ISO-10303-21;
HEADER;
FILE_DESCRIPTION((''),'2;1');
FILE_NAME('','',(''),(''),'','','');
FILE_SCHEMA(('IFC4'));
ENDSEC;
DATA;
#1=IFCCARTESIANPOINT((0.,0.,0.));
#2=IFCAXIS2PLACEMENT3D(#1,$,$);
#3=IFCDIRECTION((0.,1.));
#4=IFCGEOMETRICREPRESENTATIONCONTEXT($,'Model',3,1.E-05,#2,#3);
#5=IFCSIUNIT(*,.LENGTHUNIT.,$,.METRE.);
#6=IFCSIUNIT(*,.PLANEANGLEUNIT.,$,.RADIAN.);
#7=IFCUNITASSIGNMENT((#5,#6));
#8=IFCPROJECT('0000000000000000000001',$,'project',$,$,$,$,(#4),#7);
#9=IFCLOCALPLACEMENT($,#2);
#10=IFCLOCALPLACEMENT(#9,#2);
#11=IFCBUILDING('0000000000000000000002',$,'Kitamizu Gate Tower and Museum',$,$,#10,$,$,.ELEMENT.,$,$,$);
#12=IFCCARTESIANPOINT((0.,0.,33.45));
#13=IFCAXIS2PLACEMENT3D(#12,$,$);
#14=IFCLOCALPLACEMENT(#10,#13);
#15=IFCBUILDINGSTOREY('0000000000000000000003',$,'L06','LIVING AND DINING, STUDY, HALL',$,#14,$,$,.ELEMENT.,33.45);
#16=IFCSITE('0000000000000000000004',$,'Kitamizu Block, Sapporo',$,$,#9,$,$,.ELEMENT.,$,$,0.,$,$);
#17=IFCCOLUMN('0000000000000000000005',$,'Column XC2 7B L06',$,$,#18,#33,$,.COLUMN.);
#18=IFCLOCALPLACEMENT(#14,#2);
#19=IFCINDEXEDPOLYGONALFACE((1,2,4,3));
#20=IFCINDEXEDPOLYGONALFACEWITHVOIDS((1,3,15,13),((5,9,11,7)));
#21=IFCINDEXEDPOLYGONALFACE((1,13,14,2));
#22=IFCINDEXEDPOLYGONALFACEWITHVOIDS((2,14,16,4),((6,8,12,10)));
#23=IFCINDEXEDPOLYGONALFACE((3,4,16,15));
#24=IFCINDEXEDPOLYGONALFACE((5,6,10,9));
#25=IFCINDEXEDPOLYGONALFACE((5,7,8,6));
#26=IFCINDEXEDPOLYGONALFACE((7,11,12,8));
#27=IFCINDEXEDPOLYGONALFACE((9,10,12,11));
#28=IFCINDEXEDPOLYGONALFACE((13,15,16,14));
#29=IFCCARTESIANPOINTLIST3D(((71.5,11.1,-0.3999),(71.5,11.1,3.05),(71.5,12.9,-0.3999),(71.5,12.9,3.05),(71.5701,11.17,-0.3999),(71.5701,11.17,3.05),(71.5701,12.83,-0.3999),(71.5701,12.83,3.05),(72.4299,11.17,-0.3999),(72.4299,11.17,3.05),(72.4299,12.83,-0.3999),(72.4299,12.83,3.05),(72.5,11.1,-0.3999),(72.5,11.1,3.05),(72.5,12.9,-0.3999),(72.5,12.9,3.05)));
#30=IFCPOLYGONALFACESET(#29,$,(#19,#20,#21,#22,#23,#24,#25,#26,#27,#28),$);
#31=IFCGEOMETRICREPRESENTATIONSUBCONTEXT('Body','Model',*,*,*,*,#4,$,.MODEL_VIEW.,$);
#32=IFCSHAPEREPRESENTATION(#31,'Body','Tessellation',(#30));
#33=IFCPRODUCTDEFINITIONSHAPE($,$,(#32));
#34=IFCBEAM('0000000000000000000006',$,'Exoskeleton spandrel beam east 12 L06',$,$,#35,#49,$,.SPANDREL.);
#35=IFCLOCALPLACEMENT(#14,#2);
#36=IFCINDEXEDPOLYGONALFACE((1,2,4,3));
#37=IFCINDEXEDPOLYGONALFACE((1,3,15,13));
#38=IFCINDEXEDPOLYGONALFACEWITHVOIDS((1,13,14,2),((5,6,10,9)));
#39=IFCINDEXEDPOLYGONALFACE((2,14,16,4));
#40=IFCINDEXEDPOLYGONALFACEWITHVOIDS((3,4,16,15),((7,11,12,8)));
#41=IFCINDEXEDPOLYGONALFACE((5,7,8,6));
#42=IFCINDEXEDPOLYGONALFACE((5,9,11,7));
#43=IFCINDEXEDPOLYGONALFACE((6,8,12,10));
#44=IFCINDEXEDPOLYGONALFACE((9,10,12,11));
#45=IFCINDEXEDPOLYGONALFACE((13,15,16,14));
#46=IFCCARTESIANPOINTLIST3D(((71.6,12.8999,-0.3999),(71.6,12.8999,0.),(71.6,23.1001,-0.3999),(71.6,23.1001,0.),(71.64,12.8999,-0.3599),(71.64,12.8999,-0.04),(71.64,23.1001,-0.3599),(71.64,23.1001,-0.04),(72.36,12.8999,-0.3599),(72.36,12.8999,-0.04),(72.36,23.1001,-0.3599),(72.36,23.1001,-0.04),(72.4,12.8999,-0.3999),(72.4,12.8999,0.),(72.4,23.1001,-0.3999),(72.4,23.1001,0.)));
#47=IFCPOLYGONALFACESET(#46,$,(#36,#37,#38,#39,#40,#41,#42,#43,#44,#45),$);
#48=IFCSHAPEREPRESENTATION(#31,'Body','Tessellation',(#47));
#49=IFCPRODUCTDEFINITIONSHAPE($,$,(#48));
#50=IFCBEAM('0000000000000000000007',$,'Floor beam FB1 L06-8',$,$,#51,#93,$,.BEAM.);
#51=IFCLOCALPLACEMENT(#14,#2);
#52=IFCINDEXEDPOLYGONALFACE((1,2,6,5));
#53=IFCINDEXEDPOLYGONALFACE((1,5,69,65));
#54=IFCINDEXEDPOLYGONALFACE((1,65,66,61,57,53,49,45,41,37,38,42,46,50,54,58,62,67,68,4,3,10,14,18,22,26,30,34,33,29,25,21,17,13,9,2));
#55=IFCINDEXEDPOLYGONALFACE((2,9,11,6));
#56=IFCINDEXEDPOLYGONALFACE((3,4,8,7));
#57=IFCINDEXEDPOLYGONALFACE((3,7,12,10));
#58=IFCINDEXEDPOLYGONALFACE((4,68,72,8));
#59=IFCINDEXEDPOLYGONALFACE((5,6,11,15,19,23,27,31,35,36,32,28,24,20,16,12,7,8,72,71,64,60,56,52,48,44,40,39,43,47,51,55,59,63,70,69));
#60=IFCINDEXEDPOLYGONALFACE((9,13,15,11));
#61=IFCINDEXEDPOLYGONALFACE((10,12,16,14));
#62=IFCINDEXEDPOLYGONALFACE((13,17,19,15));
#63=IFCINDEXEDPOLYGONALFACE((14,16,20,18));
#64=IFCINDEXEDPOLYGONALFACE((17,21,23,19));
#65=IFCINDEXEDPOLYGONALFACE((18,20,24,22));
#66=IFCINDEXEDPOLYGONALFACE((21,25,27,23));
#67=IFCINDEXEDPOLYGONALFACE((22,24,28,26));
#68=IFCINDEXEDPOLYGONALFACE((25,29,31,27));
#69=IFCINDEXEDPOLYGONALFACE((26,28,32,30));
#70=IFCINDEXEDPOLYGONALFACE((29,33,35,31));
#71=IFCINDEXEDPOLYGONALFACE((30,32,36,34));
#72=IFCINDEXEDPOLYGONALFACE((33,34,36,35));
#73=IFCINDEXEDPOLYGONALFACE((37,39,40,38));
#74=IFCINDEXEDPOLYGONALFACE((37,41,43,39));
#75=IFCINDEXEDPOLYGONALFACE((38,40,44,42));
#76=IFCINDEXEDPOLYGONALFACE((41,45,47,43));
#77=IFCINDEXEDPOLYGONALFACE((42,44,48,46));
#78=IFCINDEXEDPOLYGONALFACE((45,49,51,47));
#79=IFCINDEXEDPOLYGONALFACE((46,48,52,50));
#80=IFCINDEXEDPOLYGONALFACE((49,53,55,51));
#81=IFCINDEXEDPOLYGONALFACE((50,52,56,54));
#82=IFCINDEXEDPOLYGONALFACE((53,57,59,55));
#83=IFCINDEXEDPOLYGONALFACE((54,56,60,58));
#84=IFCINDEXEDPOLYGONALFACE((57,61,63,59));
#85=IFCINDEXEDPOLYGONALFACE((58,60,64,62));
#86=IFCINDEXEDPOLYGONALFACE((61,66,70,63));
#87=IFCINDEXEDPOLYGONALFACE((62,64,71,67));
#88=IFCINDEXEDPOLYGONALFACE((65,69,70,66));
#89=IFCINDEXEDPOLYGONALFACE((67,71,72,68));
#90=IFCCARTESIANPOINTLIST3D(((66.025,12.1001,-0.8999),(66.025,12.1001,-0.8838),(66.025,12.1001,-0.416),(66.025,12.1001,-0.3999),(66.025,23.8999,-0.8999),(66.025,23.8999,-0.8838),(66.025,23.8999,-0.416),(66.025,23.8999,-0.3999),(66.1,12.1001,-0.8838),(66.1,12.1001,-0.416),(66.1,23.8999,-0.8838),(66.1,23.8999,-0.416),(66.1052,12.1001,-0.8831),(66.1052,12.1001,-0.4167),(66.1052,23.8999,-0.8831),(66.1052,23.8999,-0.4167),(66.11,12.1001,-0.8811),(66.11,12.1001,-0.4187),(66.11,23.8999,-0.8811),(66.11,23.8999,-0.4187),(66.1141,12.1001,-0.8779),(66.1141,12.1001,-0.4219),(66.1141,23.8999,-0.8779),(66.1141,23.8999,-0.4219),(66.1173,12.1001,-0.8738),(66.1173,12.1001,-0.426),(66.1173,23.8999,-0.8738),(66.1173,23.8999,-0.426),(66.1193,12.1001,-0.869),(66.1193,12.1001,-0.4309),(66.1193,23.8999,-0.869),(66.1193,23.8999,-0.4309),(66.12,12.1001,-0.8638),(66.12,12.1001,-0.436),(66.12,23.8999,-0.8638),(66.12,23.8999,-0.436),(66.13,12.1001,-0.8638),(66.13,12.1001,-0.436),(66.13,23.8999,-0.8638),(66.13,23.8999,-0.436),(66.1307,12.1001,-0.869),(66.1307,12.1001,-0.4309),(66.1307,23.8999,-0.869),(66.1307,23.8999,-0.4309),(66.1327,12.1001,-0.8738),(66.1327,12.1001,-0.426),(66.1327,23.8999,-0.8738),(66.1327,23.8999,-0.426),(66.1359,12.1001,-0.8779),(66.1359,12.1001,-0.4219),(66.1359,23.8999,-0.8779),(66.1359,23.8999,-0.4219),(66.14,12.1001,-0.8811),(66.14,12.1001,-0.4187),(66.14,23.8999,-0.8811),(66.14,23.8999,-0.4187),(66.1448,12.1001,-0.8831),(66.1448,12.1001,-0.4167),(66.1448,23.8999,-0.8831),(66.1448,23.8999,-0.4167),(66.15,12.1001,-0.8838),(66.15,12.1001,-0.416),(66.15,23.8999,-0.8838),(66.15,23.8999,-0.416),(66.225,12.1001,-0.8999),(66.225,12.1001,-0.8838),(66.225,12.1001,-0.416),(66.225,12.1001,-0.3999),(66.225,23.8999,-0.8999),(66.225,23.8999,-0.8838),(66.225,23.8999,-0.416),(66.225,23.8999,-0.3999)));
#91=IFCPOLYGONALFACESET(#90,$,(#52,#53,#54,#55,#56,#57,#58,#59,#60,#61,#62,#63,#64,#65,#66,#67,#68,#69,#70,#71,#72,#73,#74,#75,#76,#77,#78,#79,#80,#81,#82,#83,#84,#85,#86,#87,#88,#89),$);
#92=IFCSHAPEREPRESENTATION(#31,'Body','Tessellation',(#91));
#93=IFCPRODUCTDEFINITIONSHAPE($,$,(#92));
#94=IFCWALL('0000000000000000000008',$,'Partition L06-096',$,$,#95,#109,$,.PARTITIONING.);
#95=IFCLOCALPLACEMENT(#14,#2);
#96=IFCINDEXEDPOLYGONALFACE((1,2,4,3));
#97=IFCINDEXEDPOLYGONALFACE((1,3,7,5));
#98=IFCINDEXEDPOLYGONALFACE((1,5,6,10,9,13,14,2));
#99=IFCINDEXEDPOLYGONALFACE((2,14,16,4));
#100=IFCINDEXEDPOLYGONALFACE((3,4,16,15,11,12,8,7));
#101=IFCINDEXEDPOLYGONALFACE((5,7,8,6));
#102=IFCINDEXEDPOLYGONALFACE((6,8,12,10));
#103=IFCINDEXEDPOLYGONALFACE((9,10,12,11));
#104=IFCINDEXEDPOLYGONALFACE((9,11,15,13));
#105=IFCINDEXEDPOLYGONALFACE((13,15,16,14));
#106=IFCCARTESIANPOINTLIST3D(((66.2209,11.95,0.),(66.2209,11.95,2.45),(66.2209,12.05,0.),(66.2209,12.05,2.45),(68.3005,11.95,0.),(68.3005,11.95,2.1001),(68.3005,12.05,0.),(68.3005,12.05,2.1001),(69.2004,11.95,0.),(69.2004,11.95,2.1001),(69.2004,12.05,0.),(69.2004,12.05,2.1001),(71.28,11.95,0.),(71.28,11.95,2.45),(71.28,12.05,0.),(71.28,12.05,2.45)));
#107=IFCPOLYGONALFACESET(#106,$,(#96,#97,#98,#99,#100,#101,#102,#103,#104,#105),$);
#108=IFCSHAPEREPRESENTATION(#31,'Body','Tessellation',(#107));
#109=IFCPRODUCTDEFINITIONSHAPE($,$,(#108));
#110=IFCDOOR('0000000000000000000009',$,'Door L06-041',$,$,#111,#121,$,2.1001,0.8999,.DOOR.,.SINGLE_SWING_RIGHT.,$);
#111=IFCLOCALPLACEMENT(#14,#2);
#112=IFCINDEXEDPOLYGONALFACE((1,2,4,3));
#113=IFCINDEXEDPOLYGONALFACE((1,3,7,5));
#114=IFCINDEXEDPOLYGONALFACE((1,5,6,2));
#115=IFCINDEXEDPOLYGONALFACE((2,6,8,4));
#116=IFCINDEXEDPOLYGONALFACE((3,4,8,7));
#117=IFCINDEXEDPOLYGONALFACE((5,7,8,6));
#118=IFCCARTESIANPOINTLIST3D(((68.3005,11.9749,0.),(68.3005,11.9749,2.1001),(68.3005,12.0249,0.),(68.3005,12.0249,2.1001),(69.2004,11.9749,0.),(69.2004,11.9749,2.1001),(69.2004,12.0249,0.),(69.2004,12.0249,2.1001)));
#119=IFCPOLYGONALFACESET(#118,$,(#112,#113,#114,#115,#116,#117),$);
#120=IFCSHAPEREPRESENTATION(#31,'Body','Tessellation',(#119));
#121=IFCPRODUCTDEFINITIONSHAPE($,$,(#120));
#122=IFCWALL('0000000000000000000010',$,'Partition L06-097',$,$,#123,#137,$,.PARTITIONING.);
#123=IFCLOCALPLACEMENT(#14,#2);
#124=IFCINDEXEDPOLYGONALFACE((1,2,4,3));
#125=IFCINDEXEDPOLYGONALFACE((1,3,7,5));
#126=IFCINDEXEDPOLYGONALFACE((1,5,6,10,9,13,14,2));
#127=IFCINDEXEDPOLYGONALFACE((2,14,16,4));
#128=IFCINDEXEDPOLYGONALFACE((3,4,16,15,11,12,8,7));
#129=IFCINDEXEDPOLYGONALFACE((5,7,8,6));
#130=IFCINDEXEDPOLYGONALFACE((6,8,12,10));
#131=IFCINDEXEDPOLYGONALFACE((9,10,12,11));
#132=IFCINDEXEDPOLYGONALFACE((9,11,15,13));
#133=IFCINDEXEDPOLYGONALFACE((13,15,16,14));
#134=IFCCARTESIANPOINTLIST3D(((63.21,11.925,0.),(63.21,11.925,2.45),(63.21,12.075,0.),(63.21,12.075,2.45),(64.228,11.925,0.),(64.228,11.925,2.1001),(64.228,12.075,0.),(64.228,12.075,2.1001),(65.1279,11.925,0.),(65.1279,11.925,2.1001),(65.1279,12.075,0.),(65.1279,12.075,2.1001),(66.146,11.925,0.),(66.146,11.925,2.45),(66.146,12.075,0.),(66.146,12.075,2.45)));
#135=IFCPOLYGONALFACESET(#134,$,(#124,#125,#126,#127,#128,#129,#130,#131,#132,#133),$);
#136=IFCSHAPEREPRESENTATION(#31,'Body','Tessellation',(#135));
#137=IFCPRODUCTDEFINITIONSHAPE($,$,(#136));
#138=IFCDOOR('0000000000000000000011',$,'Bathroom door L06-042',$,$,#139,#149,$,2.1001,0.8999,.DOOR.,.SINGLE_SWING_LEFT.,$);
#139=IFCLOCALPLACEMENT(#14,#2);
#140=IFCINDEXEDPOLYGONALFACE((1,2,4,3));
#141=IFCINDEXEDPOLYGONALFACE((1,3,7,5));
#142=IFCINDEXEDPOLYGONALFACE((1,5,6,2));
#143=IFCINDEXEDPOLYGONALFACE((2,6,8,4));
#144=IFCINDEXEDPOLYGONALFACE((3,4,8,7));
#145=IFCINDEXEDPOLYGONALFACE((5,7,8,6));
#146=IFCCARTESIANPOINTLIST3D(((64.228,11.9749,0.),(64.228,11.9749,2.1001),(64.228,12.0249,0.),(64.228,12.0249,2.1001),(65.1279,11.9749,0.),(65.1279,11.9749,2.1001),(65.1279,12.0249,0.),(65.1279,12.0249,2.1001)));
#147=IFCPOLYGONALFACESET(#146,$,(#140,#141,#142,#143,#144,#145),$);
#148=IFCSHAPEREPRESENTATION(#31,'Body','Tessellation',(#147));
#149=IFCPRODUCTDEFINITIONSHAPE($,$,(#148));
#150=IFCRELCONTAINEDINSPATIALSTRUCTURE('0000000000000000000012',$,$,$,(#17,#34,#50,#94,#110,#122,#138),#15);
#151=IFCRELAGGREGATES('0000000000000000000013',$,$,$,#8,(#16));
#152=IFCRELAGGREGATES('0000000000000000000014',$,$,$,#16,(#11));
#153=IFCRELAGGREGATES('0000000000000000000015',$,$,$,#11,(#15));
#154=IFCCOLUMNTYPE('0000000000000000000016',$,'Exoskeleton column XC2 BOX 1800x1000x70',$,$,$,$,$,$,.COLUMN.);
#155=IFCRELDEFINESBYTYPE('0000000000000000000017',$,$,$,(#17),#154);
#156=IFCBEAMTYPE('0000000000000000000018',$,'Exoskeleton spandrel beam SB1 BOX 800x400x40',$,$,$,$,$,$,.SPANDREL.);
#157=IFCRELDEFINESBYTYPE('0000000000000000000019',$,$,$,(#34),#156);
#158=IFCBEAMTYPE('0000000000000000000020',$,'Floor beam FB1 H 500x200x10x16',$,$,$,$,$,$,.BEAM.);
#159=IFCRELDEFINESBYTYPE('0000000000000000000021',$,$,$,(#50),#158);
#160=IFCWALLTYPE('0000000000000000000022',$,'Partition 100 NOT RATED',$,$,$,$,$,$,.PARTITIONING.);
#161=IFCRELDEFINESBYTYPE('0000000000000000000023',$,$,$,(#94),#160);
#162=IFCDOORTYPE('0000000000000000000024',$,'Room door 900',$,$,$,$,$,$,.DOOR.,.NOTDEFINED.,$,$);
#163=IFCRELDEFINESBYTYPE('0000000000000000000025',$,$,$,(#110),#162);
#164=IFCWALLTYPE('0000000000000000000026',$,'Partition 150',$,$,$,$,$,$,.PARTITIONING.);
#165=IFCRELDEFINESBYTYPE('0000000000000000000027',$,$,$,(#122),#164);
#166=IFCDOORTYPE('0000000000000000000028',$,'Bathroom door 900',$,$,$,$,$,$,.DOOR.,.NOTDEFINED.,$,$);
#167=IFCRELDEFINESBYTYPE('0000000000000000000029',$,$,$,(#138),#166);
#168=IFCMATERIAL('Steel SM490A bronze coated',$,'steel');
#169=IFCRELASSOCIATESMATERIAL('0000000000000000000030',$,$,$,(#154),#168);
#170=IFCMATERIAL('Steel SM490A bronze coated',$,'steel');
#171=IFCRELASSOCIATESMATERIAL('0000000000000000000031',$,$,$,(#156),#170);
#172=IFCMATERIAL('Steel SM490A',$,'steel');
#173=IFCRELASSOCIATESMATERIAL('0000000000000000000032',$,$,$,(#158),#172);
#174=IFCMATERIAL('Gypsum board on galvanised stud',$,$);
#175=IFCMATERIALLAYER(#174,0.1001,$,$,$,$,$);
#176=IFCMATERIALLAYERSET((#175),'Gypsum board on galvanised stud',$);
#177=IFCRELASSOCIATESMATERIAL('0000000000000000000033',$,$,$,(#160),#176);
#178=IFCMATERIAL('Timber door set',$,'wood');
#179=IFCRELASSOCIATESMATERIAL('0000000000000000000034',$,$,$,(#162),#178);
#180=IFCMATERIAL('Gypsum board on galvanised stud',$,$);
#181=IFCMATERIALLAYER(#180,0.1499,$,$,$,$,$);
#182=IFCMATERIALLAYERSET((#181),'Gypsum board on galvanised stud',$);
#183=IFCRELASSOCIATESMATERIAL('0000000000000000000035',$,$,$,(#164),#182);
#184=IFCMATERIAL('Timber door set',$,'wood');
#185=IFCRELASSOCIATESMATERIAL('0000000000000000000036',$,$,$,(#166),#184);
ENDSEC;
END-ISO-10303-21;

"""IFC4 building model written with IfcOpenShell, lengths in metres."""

from ifc_helpers import new_model, si_unit, direction, frame, frame_2d, origin, origin_2d, place, context, subcontext, project, spatial, rectangle, hollow_rectangle, i_section, extrude, material, layer, layer_set, material_profile, profile_set, type_object, element, fill, save


model = new_model("IFC4")

# Units and contexts
model_context = context("Model", 3, precision=1e-05, world=origin(), true_north=direction((0.0, 1.0)))
body_context = subcontext(model_context, "Body", "Model", "MODEL_VIEW")
ifc_project = project(units=[si_unit("LENGTHUNIT", "METRE"), si_unit("PLANEANGLEUNIT", "RADIAN")], contexts=[model_context])

# Site, building, storey
site_placement = place(None, origin())
site = spatial("IfcSite", under=ifc_project, at=site_placement, Name="Kitamizu Block, Sapporo", CompositionType="ELEMENT", RefElevation=0.0)
building_placement = place(site_placement, origin())
building = spatial("IfcBuilding", under=site, at=building_placement, Name="Kitamizu Gate Tower and Museum", CompositionType="ELEMENT")
storey_placement = place(building_placement, frame((0.0, 0.0, 33.45)))
storey = spatial("IfcBuildingStorey", under=building, at=storey_placement, Name="L06", Description="LIVING AND DINING, STUDY, HALL", CompositionType="ELEMENT", Elevation=33.45)

# Column
ifc_material_1 = material(Name="Steel SM490A bronze coated", Category="steel")
ifc_material_profile_1 = material_profile(ifc_material_1, hollow_rectangle(XDim=1.8, YDim=1.0, WallThickness=0.0701, at=origin_2d()), Name="BOX 1800x1000x70")
ifc_profile_set_1 = profile_set([ifc_material_profile_1], Name="Steel SM490A bronze coated")
column_type = type_object("IfcColumnType", Name="Exoskeleton column XC2 BOX 1800x1000x70", PredefinedType="COLUMN", material=ifc_profile_set_1)
column_placement = place(storey_placement, frame((72.0, 12.0, -0.3999), z_axis=(0.0, 0.0, 1.0), x_axis=(0.0, 1.0, 0.0)))
element("IfcColumn", 1, at=column_placement, inside=storey, type_object=column_type, Name="Column XC2 7B L06", PredefinedType="COLUMN", context=body_context, shape_type="SweptSolid", body=[
    extrude(hollow_rectangle(XDim=1.8, YDim=1.0, WallThickness=0.0701, at=origin_2d()), origin(), (0.0, 0.0, 1.0), 3.45),
])

# Beams
ifc_material_2 = material(Name="Steel SM490A bronze coated", Category="steel")
ifc_material_profile_2 = material_profile(ifc_material_2, hollow_rectangle(XDim=0.8, YDim=0.3999, WallThickness=0.04, at=origin_2d()), Name="BOX 800x400x40")
ifc_profile_set_2 = profile_set([ifc_material_profile_2], Name="Steel SM490A bronze coated")
beam_type_1 = type_object("IfcBeamType", Name="Exoskeleton spandrel beam SB1 BOX 800x400x40", PredefinedType="SPANDREL", material=ifc_profile_set_2)
beam_1_placement = place(storey_placement, frame((72.0, 12.8999, -0.2), z_axis=(0.0, 1.0, 0.0), x_axis=(-1.0, 0.0, 0.0)))
element("IfcBeam", 2, at=beam_1_placement, inside=storey, type_object=beam_type_1, Name="Exoskeleton spandrel beam east 12 L06", PredefinedType="SPANDREL", context=body_context, shape_type="SweptSolid", body=[
    extrude(hollow_rectangle(XDim=0.8, YDim=0.3999, WallThickness=0.04, at=origin_2d()), origin(), (0.0, 0.0, 1.0), 10.2002),
])
ifc_material_3 = material(Name="Steel SM490A", Category="steel")
ifc_material_profile_3 = material_profile(ifc_material_3, i_section(OverallWidth=0.2, OverallDepth=0.5, WebThickness=0.01, FlangeThickness=0.0161, FilletRadius=0.02, at=origin_2d()), Name="H-500x200x10x16")
ifc_profile_set_3 = profile_set([ifc_material_profile_3], Name="Steel SM490A")
beam_type_2 = type_object("IfcBeamType", Name="Floor beam FB1 H 500x200x10x16", PredefinedType="BEAM", material=ifc_profile_set_3)
beam_2_placement = place(storey_placement, frame((66.125, 12.1001, -0.6499), z_axis=(0.0, 1.0, 0.0), x_axis=(-1.0, 0.0, 0.0)))
element("IfcBeam", 3, at=beam_2_placement, inside=storey, type_object=beam_type_2, Name="Floor beam FB1 L06-8", PredefinedType="BEAM", context=body_context, shape_type="SweptSolid", body=[
    extrude(i_section(OverallWidth=0.2, OverallDepth=0.5, WebThickness=0.01, FlangeThickness=0.0161, FilletRadius=0.02, at=origin_2d()), origin(), (0.0, 0.0, 1.0), 11.7998),
])

# Walls, openings, doors
ifc_material_4 = material(Name="Gypsum board on galvanised stud")
ifc_layer_1 = layer(ifc_material_4, 0.1001)
ifc_layer_set_1 = layer_set([ifc_layer_1], Name="Gypsum board on galvanised stud")
wall_type_1 = type_object("IfcWallType", Name="Partition 100 NOT RATED", PredefinedType="PARTITIONING", material=ifc_layer_set_1)
wall_1_placement = place(storey_placement, frame((71.28, 12.0, 0.0), z_axis=(0.0, 0.0, 1.0), x_axis=(-1.0, 0.0, 0.0)))
wall_1 = element("IfcWall", 4, at=wall_1_placement, inside=storey, type_object=wall_type_1, Name="Partition L06-096", PredefinedType="PARTITIONING", context=body_context, shape_type="SweptSolid", body=[
    extrude(rectangle(XDim=5.0591, YDim=0.1001, at=frame_2d((2.5295, 0.0))), origin(), (0.0, 0.0, 1.0), 2.45),
])
opening_1_placement = place(wall_1_placement, frame((2.0796, 0.0, 0.0)))
opening_1 = element("IfcOpeningElement", 5, at=opening_1_placement, cuts=wall_1, PredefinedType="OPENING", context=body_context, shape_type="SweptSolid", body=[
    extrude(rectangle(XDim=0.8999, YDim=2.1001, at=frame_2d((0.45, 1.05))), frame((0.0, 0.0601, 0.0), z_axis=(0.0, -1.0, 0.0), x_axis=(1.0, 0.0, 0.0)), (0.0, 0.0, 1.0), 0.1201),
])
ifc_material_5 = material(Name="Timber door set", Category="wood")
door_type_1 = type_object("IfcDoorType", Name="Room door 900", OperationType="NOTDEFINED", PredefinedType="DOOR", material=ifc_material_5)
door_1_placement = place(opening_1_placement, frame((0.8999, 0.0, 0.0), x_axis=(-1.0, 0.0, 0.0)))
door_1 = element("IfcDoor", 6, at=door_1_placement, inside=storey, type_object=door_type_1, Name="Door L06-041", OperationType="SINGLE_SWING_RIGHT", OverallHeight=2.1001, OverallWidth=0.8999, PredefinedType="DOOR", context=body_context, shape_type="SweptSolid", body=[
    extrude(rectangle(XDim=0.8999, YDim=2.1001, at=frame_2d((0.45, 1.05))), frame((0.0, 0.0249, 0.0), z_axis=(0.0, -1.0, 0.0), x_axis=(1.0, 0.0, 0.0)), (0.0, 0.0, 1.0), 0.05),
])
fill(opening_1, door_1)
ifc_material_6 = material(Name="Gypsum board on galvanised stud")
ifc_layer_2 = layer(ifc_material_6, 0.1499)
ifc_layer_set_2 = layer_set([ifc_layer_2], Name="Gypsum board on galvanised stud")
wall_type_2 = type_object("IfcWallType", Name="Partition 150", PredefinedType="PARTITIONING", material=ifc_layer_set_2)
wall_2_placement = place(storey_placement, frame((66.146, 12.0, 0.0), z_axis=(0.0, 0.0, 1.0), x_axis=(-1.0, 0.0, 0.0)))
wall_2 = element("IfcWall", 7, at=wall_2_placement, inside=storey, type_object=wall_type_2, Name="Partition L06-097", PredefinedType="PARTITIONING", context=body_context, shape_type="SweptSolid", body=[
    extrude(rectangle(XDim=2.936, YDim=0.1499, at=frame_2d((1.468, 0.0))), origin(), (0.0, 0.0, 1.0), 2.45),
])
opening_2_placement = place(wall_2_placement, frame((1.0181, 0.0, 0.0)))
opening_2 = element("IfcOpeningElement", 8, at=opening_2_placement, cuts=wall_2, PredefinedType="OPENING", context=body_context, shape_type="SweptSolid", body=[
    extrude(rectangle(XDim=0.8999, YDim=2.1001, at=frame_2d((0.45, 1.05))), frame((0.0, 0.085, 0.0), z_axis=(0.0, -1.0, 0.0), x_axis=(1.0, 0.0, 0.0)), (0.0, 0.0, 1.0), 0.1699),
])
ifc_material_7 = material(Name="Timber door set", Category="wood")
door_type_2 = type_object("IfcDoorType", Name="Bathroom door 900", OperationType="NOTDEFINED", PredefinedType="DOOR", material=ifc_material_7)
door_2_placement = place(opening_2_placement, frame((0.8999, 0.0, 0.0), x_axis=(-1.0, 0.0, 0.0)))
door_2 = element("IfcDoor", 9, at=door_2_placement, inside=storey, type_object=door_type_2, Name="Bathroom door L06-042", OperationType="SINGLE_SWING_LEFT", OverallHeight=2.1001, OverallWidth=0.8999, PredefinedType="DOOR", context=body_context, shape_type="SweptSolid", body=[
    extrude(rectangle(XDim=0.8999, YDim=2.1001, at=frame_2d((0.45, 1.05))), frame((0.0, 0.0249, 0.0), z_axis=(0.0, -1.0, 0.0), x_axis=(1.0, 0.0, 0.0)), (0.0, 0.0, 1.0), 0.05),
])
fill(opening_2, door_2)

save(model, "model.ifc")
